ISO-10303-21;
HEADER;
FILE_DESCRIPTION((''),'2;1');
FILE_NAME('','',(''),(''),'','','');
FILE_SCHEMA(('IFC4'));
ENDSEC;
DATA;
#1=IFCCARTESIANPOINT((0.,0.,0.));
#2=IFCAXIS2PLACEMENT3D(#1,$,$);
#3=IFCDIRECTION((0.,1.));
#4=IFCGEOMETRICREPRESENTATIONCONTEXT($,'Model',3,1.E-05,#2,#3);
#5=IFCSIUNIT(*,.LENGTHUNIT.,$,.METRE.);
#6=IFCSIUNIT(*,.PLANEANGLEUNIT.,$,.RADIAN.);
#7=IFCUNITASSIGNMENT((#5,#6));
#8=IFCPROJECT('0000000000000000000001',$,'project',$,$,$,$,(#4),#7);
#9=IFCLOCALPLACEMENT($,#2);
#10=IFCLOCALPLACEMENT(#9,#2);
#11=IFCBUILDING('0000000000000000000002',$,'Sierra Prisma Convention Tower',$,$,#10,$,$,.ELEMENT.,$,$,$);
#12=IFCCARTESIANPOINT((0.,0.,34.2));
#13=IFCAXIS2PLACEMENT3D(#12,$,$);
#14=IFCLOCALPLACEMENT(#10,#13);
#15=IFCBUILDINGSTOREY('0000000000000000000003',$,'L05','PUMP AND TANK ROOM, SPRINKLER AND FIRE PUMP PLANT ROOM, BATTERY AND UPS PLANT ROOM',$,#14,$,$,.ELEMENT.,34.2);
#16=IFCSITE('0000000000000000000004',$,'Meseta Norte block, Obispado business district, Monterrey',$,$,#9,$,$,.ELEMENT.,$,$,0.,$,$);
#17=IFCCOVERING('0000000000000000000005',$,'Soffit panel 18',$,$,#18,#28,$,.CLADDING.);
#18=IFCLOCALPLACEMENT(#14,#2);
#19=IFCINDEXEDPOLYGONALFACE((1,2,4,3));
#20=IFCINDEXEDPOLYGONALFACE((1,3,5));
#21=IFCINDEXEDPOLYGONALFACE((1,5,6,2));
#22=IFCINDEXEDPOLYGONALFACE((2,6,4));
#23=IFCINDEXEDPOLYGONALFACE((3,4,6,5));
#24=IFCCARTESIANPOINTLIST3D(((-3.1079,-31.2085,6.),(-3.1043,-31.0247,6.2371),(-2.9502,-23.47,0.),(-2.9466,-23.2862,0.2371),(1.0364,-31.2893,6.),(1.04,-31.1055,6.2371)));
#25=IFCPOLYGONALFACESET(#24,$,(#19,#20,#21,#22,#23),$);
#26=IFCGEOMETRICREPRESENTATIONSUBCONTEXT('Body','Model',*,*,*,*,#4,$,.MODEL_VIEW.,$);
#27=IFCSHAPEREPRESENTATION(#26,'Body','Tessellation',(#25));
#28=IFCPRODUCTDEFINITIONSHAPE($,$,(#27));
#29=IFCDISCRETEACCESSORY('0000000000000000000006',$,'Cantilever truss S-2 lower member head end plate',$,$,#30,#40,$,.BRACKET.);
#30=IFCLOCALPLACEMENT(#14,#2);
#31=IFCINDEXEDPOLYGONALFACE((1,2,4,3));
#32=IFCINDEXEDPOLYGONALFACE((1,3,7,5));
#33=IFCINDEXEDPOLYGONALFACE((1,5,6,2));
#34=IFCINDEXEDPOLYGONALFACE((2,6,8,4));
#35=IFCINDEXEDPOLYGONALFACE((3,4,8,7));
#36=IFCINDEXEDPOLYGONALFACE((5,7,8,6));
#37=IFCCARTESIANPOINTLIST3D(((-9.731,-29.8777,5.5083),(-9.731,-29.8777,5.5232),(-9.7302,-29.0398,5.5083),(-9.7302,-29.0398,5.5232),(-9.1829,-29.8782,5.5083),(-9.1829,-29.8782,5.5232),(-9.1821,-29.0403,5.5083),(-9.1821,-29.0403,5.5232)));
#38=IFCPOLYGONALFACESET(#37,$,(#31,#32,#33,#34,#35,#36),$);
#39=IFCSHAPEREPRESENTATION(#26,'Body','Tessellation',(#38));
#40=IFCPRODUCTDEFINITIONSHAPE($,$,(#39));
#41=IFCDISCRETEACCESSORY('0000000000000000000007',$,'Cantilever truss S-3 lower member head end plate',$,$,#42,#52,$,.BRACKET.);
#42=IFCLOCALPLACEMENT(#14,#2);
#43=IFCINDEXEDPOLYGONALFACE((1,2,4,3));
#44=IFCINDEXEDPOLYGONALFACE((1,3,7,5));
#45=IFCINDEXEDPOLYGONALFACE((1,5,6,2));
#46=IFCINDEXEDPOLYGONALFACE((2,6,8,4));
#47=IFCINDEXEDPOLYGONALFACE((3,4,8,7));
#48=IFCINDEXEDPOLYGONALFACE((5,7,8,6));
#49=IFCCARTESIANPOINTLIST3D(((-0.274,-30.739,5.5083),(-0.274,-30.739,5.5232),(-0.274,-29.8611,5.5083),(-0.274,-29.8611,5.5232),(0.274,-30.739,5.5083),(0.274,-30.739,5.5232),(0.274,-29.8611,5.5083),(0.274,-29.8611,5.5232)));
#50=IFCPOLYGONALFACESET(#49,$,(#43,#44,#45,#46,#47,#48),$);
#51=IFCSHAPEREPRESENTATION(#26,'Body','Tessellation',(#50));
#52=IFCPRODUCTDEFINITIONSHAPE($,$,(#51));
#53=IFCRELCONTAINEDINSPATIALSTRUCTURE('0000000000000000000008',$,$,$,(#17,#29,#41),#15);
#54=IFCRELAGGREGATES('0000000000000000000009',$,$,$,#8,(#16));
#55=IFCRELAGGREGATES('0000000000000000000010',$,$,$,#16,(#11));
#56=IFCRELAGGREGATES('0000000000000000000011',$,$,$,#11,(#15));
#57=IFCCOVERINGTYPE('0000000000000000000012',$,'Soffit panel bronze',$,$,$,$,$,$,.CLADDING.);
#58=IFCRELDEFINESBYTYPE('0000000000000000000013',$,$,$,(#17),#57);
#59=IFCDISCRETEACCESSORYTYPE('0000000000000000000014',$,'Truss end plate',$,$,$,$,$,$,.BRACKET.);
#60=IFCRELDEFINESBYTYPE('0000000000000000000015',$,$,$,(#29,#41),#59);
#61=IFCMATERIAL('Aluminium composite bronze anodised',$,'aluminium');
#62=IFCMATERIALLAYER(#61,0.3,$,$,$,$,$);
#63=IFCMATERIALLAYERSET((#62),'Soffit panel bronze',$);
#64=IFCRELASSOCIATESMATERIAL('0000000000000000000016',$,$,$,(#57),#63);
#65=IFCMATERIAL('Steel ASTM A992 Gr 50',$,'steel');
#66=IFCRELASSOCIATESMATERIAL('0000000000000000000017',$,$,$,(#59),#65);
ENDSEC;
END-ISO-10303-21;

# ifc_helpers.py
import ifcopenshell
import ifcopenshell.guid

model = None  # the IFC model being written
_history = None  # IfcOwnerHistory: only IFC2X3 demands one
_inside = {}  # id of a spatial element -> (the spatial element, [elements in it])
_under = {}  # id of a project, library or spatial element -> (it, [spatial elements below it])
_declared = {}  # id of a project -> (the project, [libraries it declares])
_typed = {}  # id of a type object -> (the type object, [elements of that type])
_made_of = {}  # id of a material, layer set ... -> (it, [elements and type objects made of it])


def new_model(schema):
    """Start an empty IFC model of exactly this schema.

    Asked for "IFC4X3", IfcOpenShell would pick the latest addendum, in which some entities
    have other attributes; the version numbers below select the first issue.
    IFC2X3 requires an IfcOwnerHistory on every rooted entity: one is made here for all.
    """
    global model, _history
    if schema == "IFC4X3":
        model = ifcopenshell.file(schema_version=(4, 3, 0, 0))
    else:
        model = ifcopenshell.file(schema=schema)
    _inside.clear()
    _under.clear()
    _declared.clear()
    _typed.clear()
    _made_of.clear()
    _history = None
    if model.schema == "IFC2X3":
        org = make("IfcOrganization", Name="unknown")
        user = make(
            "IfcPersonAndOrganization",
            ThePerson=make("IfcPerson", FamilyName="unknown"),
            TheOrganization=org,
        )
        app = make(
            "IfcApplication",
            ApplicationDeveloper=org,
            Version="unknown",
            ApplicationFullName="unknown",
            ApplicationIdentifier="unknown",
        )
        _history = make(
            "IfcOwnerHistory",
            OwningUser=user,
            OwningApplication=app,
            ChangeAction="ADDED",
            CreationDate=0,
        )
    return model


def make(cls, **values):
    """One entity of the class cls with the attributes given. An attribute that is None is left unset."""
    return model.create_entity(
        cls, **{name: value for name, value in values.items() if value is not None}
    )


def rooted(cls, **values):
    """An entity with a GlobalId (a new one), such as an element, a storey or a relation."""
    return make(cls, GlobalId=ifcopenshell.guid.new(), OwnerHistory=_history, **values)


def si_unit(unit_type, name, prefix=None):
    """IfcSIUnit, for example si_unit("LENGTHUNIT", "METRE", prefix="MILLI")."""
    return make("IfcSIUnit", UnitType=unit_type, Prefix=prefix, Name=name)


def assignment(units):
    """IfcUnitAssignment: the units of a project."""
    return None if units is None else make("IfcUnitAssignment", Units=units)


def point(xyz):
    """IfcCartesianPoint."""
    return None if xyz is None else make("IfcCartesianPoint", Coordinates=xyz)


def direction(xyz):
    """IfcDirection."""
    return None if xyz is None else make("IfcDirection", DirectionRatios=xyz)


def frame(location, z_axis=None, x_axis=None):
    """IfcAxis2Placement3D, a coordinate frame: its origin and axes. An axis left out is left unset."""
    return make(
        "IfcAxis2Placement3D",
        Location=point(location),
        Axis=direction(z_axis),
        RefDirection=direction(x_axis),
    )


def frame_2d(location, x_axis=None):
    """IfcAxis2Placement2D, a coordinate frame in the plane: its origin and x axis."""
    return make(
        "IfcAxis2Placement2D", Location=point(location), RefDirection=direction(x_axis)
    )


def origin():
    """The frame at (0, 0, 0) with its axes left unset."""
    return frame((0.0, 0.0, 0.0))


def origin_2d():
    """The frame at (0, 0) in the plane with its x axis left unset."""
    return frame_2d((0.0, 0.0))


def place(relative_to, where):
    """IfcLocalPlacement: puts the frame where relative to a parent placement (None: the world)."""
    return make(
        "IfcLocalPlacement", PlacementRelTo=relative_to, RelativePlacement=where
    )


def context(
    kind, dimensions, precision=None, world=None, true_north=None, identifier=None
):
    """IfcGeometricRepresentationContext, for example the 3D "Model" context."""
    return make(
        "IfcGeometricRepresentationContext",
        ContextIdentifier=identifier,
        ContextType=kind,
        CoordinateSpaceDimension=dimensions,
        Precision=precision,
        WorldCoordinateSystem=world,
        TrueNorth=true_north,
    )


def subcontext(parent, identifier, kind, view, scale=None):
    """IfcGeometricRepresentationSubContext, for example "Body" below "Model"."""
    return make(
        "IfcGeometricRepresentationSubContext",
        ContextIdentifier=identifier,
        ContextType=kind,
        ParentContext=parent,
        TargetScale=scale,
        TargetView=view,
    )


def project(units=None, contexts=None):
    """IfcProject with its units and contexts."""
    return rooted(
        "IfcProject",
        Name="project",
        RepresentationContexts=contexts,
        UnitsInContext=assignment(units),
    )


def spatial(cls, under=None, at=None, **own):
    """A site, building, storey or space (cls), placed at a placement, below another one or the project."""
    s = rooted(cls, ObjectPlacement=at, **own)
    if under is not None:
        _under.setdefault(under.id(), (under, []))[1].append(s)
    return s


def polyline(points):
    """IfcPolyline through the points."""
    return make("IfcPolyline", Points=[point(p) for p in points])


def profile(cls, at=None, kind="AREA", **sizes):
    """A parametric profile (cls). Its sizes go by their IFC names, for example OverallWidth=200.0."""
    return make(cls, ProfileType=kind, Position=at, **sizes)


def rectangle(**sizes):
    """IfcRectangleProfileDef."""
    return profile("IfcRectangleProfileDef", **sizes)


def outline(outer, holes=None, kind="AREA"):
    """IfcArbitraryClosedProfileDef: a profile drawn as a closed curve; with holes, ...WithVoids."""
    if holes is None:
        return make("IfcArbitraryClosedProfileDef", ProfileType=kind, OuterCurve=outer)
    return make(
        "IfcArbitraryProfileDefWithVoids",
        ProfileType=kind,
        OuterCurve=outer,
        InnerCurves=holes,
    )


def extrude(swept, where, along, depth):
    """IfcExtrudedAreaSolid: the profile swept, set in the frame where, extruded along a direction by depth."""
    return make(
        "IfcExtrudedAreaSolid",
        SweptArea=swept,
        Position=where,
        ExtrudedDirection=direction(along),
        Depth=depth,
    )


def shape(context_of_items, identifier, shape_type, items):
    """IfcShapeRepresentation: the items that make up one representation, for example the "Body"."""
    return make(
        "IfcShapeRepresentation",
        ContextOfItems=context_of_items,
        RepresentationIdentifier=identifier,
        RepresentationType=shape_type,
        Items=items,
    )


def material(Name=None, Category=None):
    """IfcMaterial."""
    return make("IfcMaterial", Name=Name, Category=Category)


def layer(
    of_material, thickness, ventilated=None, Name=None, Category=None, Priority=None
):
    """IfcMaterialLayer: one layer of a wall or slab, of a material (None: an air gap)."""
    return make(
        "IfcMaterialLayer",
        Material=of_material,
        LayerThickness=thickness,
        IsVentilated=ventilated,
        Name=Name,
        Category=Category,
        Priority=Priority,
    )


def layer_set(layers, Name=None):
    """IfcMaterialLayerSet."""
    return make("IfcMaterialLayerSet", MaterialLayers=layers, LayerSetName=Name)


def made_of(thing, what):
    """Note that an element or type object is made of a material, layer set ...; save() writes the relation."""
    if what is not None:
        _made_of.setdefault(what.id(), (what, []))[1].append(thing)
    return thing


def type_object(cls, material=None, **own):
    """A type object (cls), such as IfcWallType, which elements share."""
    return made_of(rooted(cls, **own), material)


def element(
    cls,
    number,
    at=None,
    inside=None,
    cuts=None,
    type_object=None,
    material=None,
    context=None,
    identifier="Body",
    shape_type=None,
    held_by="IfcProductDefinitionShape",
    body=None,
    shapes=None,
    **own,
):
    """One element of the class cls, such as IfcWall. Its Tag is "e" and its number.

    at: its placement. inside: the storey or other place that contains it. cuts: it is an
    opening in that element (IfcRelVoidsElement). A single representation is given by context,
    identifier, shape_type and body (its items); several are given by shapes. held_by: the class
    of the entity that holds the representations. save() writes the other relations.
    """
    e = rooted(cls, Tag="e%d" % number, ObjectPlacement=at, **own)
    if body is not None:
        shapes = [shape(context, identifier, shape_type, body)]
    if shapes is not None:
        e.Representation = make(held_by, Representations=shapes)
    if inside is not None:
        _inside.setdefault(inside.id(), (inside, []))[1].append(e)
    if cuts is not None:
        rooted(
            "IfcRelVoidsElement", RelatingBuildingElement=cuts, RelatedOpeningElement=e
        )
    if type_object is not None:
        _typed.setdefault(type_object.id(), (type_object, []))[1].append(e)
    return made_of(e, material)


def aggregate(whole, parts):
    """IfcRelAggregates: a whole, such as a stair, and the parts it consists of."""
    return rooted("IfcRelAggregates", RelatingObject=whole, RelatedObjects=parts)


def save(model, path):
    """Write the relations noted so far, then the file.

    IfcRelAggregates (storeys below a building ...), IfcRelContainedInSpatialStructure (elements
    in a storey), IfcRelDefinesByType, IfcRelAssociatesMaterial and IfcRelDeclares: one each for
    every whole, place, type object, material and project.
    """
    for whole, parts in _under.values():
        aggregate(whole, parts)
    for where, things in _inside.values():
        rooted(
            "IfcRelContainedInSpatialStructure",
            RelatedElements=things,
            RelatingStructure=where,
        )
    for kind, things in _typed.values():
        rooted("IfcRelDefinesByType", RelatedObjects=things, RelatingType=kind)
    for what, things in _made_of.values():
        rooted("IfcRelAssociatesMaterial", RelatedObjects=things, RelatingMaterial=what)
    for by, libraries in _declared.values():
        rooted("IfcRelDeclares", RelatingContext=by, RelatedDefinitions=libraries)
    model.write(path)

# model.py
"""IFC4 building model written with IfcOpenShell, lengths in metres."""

from ifc_helpers import new_model, si_unit, direction, frame, origin, origin_2d, place, context, subcontext, project, spatial, polyline, rectangle, outline, extrude, material, layer, layer_set, type_object, element, save


model = new_model("IFC4")

# Units and contexts
model_context = context("Model", 3, precision=1e-05, world=origin(), true_north=direction((0.0, 1.0)))
body_context = subcontext(model_context, "Body", "Model", "MODEL_VIEW")
ifc_project = project(units=[si_unit("LENGTHUNIT", "METRE"), si_unit("PLANEANGLEUNIT", "RADIAN")], contexts=[model_context])

# Site, building, storey
site_placement = place(None, origin())
site = spatial("IfcSite", under=ifc_project, at=site_placement, Name="Meseta Norte block, Obispado business district, Monterrey", CompositionType="ELEMENT", RefElevation=0.0)
building_placement = place(site_placement, origin())
building = spatial("IfcBuilding", under=site, at=building_placement, Name="Sierra Prisma Convention Tower", CompositionType="ELEMENT")
storey_placement = place(building_placement, frame((0.0, 0.0, 34.2)))
storey = spatial("IfcBuildingStorey", under=building, at=storey_placement, Name="L05", Description="PUMP AND TANK ROOM, SPRINKLER AND FIRE PUMP PLANT ROOM, BATTERY AND UPS PLANT ROOM", CompositionType="ELEMENT", Elevation=34.2)

# Covering
ifc_material_1 = material(Name="Aluminium composite bronze anodised", Category="aluminium")
ifc_layer_1 = layer(ifc_material_1, 0.3)
ifc_layer_set_1 = layer_set([ifc_layer_1], Name="Soffit panel bronze")
covering_type_1 = type_object("IfcCoveringType", Name="Soffit panel bronze", PredefinedType="CLADDING", material=ifc_layer_set_1)
covering_1_placement = place(storey_placement, frame((-2.9502, -23.47, 0.0), z_axis=(-0.011944, -0.612545, -0.790346), x_axis=(0.374967, -0.735468, 0.564346)))
element("IfcCovering", 1, at=covering_1_placement, inside=storey, type_object=covering_type_1, Name="Soffit panel 18", PredefinedType="CLADDING", context=body_context, shape_type="SweptSolid", body=[
    extrude(outline(polyline([(0.0, 0.0), (10.6318, 0.0), (9.0184, 3.8182), (0.0, 0.0)])), origin(), (0.0, 0.0, -1.0), 0.3),
])

# Discrete accessories
ifc_material_2 = material(Name="Steel ASTM A992 Gr 50", Category="steel")
discrete_accessory_type = type_object("IfcDiscreteAccessoryType", Name="Truss end plate", PredefinedType="BRACKET", material=ifc_material_2)
discrete_accessory_1_placement = place(storey_placement, frame((-9.4565, -29.459, 5.5083), z_axis=(0.0, 0.0, 1.0), x_axis=(0.000881, 1.0, 0.0)))
element("IfcDiscreteAccessory", 2, at=discrete_accessory_1_placement, inside=storey, type_object=discrete_accessory_type, Name="Cantilever truss S-2 lower member head end plate", PredefinedType="BRACKET", context=body_context, shape_type="SweptSolid", body=[
    extrude(rectangle(XDim=0.8379, YDim=0.5481, at=origin_2d()), origin(), (0.0, 0.0, 1.0), 0.0149),
])
discrete_accessory_2_placement = place(storey_placement, frame((0.0, -30.3, 5.5083), z_axis=(0.0, 0.0, 1.0), x_axis=(0.0, 1.0, 0.0)))
element("IfcDiscreteAccessory", 3, at=discrete_accessory_2_placement, inside=storey, type_object=discrete_accessory_type, Name="Cantilever truss S-3 lower member head end plate", PredefinedType="BRACKET", context=body_context, shape_type="SweptSolid", body=[
    extrude(rectangle(XDim=0.8779, YDim=0.5481, at=origin_2d()), origin(), (0.0, 0.0, 1.0), 0.0149),
])

save(model, "model.ifc")
